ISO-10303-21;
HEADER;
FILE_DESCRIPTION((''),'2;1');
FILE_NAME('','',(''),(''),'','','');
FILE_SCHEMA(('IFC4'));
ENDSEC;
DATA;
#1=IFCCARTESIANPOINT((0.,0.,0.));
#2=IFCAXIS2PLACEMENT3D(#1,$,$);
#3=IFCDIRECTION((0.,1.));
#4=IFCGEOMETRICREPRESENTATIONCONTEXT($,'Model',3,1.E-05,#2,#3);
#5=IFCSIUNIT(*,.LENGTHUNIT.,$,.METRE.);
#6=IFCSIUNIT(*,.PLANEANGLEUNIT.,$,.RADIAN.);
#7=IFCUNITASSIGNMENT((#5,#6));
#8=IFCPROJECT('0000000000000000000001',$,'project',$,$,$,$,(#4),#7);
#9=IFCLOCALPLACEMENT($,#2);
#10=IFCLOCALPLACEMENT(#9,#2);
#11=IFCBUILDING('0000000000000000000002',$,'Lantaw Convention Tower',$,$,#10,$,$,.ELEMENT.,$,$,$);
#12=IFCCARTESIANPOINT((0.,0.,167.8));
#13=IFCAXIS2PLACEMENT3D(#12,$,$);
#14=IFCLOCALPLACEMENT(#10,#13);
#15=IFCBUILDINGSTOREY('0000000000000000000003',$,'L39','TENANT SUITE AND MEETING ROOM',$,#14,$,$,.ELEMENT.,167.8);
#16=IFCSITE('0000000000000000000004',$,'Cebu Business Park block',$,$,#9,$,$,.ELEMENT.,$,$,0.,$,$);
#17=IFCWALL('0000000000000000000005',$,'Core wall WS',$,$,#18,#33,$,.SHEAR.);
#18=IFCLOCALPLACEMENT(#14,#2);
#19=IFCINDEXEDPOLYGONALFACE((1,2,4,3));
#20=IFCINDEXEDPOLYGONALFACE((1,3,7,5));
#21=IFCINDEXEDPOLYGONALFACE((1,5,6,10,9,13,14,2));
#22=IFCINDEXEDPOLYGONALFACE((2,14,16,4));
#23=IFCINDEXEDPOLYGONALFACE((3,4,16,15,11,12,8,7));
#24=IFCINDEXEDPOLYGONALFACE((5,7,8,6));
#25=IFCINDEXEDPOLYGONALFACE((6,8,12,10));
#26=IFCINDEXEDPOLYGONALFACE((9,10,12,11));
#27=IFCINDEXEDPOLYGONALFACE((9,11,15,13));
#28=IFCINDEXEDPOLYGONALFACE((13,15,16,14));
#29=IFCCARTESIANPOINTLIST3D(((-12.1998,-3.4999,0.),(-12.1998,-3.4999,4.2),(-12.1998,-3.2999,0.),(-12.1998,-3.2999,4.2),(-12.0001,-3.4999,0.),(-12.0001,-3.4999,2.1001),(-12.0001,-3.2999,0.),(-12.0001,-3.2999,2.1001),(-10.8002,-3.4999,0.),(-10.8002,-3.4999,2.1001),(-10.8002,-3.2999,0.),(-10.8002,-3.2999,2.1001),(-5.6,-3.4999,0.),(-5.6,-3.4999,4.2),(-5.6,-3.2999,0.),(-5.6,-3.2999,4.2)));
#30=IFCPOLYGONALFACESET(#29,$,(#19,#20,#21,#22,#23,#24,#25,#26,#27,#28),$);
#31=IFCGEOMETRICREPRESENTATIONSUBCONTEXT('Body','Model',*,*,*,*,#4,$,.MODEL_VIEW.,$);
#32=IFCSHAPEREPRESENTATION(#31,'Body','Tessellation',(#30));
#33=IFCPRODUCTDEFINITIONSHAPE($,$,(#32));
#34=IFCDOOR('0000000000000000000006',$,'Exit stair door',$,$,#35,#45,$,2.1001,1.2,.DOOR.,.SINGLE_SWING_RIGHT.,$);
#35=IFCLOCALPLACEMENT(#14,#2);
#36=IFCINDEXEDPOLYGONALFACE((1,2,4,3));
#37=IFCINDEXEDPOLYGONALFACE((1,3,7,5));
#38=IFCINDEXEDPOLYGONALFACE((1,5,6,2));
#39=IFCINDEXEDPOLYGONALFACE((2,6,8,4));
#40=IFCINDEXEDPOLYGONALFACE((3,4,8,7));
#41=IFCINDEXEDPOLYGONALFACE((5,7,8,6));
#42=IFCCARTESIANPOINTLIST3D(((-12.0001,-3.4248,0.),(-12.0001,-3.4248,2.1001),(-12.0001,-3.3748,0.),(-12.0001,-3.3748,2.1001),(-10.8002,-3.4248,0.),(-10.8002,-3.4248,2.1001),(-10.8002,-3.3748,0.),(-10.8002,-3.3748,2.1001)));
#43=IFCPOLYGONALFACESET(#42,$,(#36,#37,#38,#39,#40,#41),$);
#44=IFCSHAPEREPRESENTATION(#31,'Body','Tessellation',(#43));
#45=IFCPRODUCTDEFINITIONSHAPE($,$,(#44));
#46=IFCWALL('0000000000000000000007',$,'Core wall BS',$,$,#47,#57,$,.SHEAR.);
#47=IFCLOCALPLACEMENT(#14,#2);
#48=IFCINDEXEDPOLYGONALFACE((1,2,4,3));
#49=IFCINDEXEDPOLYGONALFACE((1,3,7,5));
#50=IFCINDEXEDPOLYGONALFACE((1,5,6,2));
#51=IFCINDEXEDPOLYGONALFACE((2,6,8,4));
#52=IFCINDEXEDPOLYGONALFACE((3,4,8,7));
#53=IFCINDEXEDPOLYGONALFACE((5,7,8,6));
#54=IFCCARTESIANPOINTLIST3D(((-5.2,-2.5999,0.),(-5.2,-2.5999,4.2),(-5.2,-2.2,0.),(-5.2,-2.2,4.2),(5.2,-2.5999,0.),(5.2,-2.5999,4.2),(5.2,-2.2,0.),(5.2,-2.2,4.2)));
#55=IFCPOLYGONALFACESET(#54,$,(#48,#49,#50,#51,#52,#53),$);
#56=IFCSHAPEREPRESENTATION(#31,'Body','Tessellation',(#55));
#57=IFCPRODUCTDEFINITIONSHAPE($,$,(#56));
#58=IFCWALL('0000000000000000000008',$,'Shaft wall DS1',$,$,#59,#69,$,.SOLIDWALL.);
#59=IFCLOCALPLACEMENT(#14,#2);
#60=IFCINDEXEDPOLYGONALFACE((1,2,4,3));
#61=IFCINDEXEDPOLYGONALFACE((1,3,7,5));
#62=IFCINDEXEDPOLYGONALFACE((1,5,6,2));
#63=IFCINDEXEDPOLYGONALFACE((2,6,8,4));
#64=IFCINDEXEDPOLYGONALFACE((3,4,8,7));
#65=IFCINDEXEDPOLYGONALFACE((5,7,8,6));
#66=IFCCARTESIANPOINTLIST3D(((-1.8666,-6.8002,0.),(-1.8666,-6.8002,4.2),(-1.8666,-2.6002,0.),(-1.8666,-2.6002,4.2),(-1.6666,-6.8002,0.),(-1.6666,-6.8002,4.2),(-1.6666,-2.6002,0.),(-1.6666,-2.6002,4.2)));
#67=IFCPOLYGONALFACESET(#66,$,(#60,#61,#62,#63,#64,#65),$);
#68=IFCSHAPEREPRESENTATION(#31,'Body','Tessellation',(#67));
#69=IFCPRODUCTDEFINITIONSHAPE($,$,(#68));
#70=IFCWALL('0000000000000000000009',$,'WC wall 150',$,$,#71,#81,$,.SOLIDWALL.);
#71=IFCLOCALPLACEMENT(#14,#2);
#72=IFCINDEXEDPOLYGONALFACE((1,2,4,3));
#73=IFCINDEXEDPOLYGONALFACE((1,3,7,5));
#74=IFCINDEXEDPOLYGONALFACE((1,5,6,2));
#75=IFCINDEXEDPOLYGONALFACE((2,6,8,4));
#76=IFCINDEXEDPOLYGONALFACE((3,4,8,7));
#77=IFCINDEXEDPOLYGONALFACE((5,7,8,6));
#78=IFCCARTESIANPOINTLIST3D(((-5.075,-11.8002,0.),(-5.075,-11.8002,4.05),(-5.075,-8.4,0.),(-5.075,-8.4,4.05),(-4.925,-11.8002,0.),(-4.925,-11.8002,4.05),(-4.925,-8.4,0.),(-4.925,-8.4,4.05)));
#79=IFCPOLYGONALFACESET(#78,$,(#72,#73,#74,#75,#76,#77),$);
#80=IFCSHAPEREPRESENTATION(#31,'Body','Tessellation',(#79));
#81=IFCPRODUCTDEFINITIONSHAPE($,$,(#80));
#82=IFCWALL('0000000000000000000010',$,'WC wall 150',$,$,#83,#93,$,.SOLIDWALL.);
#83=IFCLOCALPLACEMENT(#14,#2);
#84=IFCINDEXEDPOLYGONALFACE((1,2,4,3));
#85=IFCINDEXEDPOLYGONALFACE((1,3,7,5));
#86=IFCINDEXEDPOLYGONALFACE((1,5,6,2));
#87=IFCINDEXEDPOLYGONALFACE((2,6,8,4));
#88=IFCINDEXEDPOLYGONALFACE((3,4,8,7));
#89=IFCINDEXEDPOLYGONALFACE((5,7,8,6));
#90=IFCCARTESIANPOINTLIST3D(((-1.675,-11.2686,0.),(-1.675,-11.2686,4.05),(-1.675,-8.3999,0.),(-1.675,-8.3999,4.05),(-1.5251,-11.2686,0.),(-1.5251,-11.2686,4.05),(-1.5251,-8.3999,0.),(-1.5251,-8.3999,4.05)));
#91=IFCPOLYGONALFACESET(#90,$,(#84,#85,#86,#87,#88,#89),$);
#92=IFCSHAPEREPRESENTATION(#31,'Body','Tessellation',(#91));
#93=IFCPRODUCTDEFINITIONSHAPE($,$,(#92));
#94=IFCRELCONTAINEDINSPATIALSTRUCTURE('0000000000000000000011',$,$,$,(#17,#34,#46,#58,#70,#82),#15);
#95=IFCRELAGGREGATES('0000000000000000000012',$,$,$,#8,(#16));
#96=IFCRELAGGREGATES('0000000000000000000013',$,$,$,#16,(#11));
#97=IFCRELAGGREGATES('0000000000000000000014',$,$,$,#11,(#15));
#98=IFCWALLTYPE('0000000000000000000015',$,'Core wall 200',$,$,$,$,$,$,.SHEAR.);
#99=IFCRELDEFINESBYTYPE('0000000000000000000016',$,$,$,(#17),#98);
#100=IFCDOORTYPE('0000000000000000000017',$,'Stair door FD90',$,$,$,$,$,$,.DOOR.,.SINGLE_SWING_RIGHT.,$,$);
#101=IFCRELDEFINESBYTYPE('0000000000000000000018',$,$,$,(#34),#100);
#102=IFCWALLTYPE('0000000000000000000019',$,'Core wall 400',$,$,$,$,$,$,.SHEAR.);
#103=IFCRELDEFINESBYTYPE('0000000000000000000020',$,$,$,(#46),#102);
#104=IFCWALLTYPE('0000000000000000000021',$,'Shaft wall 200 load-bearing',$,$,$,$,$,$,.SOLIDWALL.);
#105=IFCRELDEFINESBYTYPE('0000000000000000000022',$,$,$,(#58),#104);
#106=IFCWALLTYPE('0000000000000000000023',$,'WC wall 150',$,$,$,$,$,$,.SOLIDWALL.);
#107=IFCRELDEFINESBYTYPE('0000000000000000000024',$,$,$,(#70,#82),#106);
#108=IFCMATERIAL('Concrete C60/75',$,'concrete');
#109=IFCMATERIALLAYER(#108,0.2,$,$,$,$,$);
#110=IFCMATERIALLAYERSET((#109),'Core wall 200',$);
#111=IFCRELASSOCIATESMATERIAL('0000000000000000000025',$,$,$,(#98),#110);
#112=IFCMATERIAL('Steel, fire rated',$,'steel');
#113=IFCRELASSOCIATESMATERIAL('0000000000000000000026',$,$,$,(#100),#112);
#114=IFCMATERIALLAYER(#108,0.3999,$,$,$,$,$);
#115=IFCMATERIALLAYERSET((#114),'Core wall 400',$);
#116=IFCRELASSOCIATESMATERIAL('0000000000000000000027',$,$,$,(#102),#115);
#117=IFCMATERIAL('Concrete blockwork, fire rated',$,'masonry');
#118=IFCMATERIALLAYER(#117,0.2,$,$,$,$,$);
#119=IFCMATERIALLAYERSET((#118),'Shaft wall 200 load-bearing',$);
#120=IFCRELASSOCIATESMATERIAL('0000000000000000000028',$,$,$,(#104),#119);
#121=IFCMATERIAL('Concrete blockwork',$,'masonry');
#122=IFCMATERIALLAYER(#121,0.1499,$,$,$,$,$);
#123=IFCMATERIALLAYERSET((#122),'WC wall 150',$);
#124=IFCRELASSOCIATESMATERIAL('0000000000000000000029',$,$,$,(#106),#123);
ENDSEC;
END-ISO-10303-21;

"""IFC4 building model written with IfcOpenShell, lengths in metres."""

from ifc_helpers import new_model, si_unit, direction, frame, frame_2d, origin, place, context, subcontext, project, spatial, rectangle, extrude, material, layer, layer_set, type_object, element, fill, save


model = new_model("IFC4")

# Units and contexts
model_context = context("Model", 3, precision=1e-05, world=origin(), true_north=direction((0.0, 1.0)))
body_context = subcontext(model_context, "Body", "Model", "MODEL_VIEW")
ifc_project = project(units=[si_unit("LENGTHUNIT", "METRE"), si_unit("PLANEANGLEUNIT", "RADIAN")], contexts=[model_context])

# Site, building, storey
site_placement = place(None, origin())
site = spatial("IfcSite", under=ifc_project, at=site_placement, Name="Cebu Business Park block", CompositionType="ELEMENT", RefElevation=0.0)
building_placement = place(site_placement, origin())
building = spatial("IfcBuilding", under=site, at=building_placement, Name="Lantaw Convention Tower", CompositionType="ELEMENT")
storey_placement = place(building_placement, frame((0.0, 0.0, 167.8)))
storey = spatial("IfcBuildingStorey", under=building, at=storey_placement, Name="L39", Description="TENANT SUITE AND MEETING ROOM", CompositionType="ELEMENT", Elevation=167.8)

# Shared definitions
ifc_material_1 = material(Name="Concrete C60/75", Category="concrete")

# Wall, opening, door
ifc_layer_1 = layer(ifc_material_1, 0.2)
ifc_layer_set_1 = layer_set([ifc_layer_1], Name="Core wall 200")
wall_type_1 = type_object("IfcWallType", Name="Core wall 200", PredefinedType="SHEAR", material=ifc_layer_set_1)
wall_1_placement = place(storey_placement, frame((-5.6001, -3.3999, 0.0), z_axis=(0.0, 0.0, 1.0), x_axis=(-1.0, 0.0, 0.0)))
wall_1 = element("IfcWall", 1, at=wall_1_placement, inside=storey, type_object=wall_type_1, Name="Core wall WS", PredefinedType="SHEAR", context=body_context, shape_type="SweptSolid", body=[
    extrude(rectangle(XDim=6.5999, YDim=0.2, at=frame_2d((3.2998, 0.0))), origin(), (0.0, 0.0, 1.0), 4.2),
])
opening_placement = place(wall_1_placement, frame((5.2, 0.0, 0.0)))
opening = element("IfcOpeningElement", 2, at=opening_placement, cuts=wall_1, PredefinedType="OPENING", context=body_context, shape_type="SweptSolid", body=[
    extrude(rectangle(XDim=1.2, YDim=2.1001, at=frame_2d((0.6001, 1.05))), frame((0.0, 0.1099, 0.0), z_axis=(0.0, -1.0, 0.0), x_axis=(1.0, 0.0, 0.0)), (0.0, 0.0, 1.0), 0.22),
])
ifc_material_2 = material(Name="Steel, fire rated", Category="steel")
door_type = type_object("IfcDoorType", Name="Stair door FD90", OperationType="SINGLE_SWING_RIGHT", PredefinedType="DOOR", material=ifc_material_2)
door_placement = place(opening_placement, origin())
door = element("IfcDoor", 3, at=door_placement, inside=storey, type_object=door_type, Name="Exit stair door", OperationType="SINGLE_SWING_RIGHT", OverallHeight=2.1001, OverallWidth=1.2, PredefinedType="DOOR", context=body_context, shape_type="SweptSolid", body=[
    extrude(rectangle(XDim=1.2, YDim=2.1001, at=frame_2d((0.6001, 1.05))), frame((0.0, 0.0249, 0.0), z_axis=(0.0, -1.0, 0.0), x_axis=(1.0, 0.0, 0.0)), (0.0, 0.0, 1.0), 0.05),
])
fill(opening, door)

# Walls
ifc_layer_2 = layer(ifc_material_1, 0.3999)
ifc_layer_set_2 = layer_set([ifc_layer_2], Name="Core wall 400")
wall_type_2 = type_object("IfcWallType", Name="Core wall 400", PredefinedType="SHEAR", material=ifc_layer_set_2)
wall_2_placement = place(storey_placement, frame((-5.2, -2.3999, 0.0), z_axis=(0.0, 0.0, 1.0), x_axis=(1.0, 0.0, 0.0)))
element("IfcWall", 4, at=wall_2_placement, inside=storey, type_object=wall_type_2, Name="Core wall BS", PredefinedType="SHEAR", context=body_context, shape_type="SweptSolid", body=[
    extrude(rectangle(XDim=10.3999, YDim=0.3999, at=frame_2d((5.2, 0.0))), origin(), (0.0, 0.0, 1.0), 4.2),
])
ifc_material_3 = material(Name="Concrete blockwork, fire rated", Category="masonry")
ifc_layer_3 = layer(ifc_material_3, 0.2)
ifc_layer_set_3 = layer_set([ifc_layer_3], Name="Shaft wall 200 load-bearing")
wall_type_3 = type_object("IfcWallType", Name="Shaft wall 200 load-bearing", PredefinedType="SOLIDWALL", material=ifc_layer_set_3)
wall_3_placement = place(storey_placement, frame((-1.7666, -2.6001, 0.0), z_axis=(0.0, 0.0, 1.0), x_axis=(0.0, -1.0, 0.0)))
element("IfcWall", 5, at=wall_3_placement, inside=storey, type_object=wall_type_3, Name="Shaft wall DS1", PredefinedType="SOLIDWALL", context=body_context, shape_type="SweptSolid", body=[
    extrude(rectangle(XDim=4.2, YDim=0.2, at=frame_2d((2.1001, 0.0))), origin(), (0.0, 0.0, 1.0), 4.2),
])
ifc_material_4 = material(Name="Concrete blockwork", Category="masonry")
ifc_layer_4 = layer(ifc_material_4, 0.1499)
ifc_layer_set_4 = layer_set([ifc_layer_4], Name="WC wall 150")
wall_type_4 = type_object("IfcWallType", Name="WC wall 150", PredefinedType="SOLIDWALL", material=ifc_layer_set_4)
wall_4_placement = place(storey_placement, frame((-5.0, -8.3999, 0.0), z_axis=(0.0, 0.0, 1.0), x_axis=(0.0, -1.0, 0.0)))
element("IfcWall", 6, at=wall_4_placement, inside=storey, type_object=wall_type_4, Name="WC wall 150", PredefinedType="SOLIDWALL", context=body_context, shape_type="SweptSolid", body=[
    extrude(rectangle(XDim=3.4001, YDim=0.1499, at=frame_2d((1.7002, 0.0))), origin(), (0.0, 0.0, 1.0), 4.05),
])
wall_5_placement = place(storey_placement, frame((-1.6001, -8.3999, 0.0), z_axis=(0.0, 0.0, 1.0), x_axis=(0.0, -1.0, 0.0)))
element("IfcWall", 7, at=wall_5_placement, inside=storey, type_object=wall_type_4, Name="WC wall 150", PredefinedType="SOLIDWALL", context=body_context, shape_type="SweptSolid", body=[
    extrude(rectangle(XDim=2.8687, YDim=0.1499, at=frame_2d((1.4343, 0.0))), origin(), (0.0, 0.0, 1.0), 4.05),
])

save(model, "model.ifc")
